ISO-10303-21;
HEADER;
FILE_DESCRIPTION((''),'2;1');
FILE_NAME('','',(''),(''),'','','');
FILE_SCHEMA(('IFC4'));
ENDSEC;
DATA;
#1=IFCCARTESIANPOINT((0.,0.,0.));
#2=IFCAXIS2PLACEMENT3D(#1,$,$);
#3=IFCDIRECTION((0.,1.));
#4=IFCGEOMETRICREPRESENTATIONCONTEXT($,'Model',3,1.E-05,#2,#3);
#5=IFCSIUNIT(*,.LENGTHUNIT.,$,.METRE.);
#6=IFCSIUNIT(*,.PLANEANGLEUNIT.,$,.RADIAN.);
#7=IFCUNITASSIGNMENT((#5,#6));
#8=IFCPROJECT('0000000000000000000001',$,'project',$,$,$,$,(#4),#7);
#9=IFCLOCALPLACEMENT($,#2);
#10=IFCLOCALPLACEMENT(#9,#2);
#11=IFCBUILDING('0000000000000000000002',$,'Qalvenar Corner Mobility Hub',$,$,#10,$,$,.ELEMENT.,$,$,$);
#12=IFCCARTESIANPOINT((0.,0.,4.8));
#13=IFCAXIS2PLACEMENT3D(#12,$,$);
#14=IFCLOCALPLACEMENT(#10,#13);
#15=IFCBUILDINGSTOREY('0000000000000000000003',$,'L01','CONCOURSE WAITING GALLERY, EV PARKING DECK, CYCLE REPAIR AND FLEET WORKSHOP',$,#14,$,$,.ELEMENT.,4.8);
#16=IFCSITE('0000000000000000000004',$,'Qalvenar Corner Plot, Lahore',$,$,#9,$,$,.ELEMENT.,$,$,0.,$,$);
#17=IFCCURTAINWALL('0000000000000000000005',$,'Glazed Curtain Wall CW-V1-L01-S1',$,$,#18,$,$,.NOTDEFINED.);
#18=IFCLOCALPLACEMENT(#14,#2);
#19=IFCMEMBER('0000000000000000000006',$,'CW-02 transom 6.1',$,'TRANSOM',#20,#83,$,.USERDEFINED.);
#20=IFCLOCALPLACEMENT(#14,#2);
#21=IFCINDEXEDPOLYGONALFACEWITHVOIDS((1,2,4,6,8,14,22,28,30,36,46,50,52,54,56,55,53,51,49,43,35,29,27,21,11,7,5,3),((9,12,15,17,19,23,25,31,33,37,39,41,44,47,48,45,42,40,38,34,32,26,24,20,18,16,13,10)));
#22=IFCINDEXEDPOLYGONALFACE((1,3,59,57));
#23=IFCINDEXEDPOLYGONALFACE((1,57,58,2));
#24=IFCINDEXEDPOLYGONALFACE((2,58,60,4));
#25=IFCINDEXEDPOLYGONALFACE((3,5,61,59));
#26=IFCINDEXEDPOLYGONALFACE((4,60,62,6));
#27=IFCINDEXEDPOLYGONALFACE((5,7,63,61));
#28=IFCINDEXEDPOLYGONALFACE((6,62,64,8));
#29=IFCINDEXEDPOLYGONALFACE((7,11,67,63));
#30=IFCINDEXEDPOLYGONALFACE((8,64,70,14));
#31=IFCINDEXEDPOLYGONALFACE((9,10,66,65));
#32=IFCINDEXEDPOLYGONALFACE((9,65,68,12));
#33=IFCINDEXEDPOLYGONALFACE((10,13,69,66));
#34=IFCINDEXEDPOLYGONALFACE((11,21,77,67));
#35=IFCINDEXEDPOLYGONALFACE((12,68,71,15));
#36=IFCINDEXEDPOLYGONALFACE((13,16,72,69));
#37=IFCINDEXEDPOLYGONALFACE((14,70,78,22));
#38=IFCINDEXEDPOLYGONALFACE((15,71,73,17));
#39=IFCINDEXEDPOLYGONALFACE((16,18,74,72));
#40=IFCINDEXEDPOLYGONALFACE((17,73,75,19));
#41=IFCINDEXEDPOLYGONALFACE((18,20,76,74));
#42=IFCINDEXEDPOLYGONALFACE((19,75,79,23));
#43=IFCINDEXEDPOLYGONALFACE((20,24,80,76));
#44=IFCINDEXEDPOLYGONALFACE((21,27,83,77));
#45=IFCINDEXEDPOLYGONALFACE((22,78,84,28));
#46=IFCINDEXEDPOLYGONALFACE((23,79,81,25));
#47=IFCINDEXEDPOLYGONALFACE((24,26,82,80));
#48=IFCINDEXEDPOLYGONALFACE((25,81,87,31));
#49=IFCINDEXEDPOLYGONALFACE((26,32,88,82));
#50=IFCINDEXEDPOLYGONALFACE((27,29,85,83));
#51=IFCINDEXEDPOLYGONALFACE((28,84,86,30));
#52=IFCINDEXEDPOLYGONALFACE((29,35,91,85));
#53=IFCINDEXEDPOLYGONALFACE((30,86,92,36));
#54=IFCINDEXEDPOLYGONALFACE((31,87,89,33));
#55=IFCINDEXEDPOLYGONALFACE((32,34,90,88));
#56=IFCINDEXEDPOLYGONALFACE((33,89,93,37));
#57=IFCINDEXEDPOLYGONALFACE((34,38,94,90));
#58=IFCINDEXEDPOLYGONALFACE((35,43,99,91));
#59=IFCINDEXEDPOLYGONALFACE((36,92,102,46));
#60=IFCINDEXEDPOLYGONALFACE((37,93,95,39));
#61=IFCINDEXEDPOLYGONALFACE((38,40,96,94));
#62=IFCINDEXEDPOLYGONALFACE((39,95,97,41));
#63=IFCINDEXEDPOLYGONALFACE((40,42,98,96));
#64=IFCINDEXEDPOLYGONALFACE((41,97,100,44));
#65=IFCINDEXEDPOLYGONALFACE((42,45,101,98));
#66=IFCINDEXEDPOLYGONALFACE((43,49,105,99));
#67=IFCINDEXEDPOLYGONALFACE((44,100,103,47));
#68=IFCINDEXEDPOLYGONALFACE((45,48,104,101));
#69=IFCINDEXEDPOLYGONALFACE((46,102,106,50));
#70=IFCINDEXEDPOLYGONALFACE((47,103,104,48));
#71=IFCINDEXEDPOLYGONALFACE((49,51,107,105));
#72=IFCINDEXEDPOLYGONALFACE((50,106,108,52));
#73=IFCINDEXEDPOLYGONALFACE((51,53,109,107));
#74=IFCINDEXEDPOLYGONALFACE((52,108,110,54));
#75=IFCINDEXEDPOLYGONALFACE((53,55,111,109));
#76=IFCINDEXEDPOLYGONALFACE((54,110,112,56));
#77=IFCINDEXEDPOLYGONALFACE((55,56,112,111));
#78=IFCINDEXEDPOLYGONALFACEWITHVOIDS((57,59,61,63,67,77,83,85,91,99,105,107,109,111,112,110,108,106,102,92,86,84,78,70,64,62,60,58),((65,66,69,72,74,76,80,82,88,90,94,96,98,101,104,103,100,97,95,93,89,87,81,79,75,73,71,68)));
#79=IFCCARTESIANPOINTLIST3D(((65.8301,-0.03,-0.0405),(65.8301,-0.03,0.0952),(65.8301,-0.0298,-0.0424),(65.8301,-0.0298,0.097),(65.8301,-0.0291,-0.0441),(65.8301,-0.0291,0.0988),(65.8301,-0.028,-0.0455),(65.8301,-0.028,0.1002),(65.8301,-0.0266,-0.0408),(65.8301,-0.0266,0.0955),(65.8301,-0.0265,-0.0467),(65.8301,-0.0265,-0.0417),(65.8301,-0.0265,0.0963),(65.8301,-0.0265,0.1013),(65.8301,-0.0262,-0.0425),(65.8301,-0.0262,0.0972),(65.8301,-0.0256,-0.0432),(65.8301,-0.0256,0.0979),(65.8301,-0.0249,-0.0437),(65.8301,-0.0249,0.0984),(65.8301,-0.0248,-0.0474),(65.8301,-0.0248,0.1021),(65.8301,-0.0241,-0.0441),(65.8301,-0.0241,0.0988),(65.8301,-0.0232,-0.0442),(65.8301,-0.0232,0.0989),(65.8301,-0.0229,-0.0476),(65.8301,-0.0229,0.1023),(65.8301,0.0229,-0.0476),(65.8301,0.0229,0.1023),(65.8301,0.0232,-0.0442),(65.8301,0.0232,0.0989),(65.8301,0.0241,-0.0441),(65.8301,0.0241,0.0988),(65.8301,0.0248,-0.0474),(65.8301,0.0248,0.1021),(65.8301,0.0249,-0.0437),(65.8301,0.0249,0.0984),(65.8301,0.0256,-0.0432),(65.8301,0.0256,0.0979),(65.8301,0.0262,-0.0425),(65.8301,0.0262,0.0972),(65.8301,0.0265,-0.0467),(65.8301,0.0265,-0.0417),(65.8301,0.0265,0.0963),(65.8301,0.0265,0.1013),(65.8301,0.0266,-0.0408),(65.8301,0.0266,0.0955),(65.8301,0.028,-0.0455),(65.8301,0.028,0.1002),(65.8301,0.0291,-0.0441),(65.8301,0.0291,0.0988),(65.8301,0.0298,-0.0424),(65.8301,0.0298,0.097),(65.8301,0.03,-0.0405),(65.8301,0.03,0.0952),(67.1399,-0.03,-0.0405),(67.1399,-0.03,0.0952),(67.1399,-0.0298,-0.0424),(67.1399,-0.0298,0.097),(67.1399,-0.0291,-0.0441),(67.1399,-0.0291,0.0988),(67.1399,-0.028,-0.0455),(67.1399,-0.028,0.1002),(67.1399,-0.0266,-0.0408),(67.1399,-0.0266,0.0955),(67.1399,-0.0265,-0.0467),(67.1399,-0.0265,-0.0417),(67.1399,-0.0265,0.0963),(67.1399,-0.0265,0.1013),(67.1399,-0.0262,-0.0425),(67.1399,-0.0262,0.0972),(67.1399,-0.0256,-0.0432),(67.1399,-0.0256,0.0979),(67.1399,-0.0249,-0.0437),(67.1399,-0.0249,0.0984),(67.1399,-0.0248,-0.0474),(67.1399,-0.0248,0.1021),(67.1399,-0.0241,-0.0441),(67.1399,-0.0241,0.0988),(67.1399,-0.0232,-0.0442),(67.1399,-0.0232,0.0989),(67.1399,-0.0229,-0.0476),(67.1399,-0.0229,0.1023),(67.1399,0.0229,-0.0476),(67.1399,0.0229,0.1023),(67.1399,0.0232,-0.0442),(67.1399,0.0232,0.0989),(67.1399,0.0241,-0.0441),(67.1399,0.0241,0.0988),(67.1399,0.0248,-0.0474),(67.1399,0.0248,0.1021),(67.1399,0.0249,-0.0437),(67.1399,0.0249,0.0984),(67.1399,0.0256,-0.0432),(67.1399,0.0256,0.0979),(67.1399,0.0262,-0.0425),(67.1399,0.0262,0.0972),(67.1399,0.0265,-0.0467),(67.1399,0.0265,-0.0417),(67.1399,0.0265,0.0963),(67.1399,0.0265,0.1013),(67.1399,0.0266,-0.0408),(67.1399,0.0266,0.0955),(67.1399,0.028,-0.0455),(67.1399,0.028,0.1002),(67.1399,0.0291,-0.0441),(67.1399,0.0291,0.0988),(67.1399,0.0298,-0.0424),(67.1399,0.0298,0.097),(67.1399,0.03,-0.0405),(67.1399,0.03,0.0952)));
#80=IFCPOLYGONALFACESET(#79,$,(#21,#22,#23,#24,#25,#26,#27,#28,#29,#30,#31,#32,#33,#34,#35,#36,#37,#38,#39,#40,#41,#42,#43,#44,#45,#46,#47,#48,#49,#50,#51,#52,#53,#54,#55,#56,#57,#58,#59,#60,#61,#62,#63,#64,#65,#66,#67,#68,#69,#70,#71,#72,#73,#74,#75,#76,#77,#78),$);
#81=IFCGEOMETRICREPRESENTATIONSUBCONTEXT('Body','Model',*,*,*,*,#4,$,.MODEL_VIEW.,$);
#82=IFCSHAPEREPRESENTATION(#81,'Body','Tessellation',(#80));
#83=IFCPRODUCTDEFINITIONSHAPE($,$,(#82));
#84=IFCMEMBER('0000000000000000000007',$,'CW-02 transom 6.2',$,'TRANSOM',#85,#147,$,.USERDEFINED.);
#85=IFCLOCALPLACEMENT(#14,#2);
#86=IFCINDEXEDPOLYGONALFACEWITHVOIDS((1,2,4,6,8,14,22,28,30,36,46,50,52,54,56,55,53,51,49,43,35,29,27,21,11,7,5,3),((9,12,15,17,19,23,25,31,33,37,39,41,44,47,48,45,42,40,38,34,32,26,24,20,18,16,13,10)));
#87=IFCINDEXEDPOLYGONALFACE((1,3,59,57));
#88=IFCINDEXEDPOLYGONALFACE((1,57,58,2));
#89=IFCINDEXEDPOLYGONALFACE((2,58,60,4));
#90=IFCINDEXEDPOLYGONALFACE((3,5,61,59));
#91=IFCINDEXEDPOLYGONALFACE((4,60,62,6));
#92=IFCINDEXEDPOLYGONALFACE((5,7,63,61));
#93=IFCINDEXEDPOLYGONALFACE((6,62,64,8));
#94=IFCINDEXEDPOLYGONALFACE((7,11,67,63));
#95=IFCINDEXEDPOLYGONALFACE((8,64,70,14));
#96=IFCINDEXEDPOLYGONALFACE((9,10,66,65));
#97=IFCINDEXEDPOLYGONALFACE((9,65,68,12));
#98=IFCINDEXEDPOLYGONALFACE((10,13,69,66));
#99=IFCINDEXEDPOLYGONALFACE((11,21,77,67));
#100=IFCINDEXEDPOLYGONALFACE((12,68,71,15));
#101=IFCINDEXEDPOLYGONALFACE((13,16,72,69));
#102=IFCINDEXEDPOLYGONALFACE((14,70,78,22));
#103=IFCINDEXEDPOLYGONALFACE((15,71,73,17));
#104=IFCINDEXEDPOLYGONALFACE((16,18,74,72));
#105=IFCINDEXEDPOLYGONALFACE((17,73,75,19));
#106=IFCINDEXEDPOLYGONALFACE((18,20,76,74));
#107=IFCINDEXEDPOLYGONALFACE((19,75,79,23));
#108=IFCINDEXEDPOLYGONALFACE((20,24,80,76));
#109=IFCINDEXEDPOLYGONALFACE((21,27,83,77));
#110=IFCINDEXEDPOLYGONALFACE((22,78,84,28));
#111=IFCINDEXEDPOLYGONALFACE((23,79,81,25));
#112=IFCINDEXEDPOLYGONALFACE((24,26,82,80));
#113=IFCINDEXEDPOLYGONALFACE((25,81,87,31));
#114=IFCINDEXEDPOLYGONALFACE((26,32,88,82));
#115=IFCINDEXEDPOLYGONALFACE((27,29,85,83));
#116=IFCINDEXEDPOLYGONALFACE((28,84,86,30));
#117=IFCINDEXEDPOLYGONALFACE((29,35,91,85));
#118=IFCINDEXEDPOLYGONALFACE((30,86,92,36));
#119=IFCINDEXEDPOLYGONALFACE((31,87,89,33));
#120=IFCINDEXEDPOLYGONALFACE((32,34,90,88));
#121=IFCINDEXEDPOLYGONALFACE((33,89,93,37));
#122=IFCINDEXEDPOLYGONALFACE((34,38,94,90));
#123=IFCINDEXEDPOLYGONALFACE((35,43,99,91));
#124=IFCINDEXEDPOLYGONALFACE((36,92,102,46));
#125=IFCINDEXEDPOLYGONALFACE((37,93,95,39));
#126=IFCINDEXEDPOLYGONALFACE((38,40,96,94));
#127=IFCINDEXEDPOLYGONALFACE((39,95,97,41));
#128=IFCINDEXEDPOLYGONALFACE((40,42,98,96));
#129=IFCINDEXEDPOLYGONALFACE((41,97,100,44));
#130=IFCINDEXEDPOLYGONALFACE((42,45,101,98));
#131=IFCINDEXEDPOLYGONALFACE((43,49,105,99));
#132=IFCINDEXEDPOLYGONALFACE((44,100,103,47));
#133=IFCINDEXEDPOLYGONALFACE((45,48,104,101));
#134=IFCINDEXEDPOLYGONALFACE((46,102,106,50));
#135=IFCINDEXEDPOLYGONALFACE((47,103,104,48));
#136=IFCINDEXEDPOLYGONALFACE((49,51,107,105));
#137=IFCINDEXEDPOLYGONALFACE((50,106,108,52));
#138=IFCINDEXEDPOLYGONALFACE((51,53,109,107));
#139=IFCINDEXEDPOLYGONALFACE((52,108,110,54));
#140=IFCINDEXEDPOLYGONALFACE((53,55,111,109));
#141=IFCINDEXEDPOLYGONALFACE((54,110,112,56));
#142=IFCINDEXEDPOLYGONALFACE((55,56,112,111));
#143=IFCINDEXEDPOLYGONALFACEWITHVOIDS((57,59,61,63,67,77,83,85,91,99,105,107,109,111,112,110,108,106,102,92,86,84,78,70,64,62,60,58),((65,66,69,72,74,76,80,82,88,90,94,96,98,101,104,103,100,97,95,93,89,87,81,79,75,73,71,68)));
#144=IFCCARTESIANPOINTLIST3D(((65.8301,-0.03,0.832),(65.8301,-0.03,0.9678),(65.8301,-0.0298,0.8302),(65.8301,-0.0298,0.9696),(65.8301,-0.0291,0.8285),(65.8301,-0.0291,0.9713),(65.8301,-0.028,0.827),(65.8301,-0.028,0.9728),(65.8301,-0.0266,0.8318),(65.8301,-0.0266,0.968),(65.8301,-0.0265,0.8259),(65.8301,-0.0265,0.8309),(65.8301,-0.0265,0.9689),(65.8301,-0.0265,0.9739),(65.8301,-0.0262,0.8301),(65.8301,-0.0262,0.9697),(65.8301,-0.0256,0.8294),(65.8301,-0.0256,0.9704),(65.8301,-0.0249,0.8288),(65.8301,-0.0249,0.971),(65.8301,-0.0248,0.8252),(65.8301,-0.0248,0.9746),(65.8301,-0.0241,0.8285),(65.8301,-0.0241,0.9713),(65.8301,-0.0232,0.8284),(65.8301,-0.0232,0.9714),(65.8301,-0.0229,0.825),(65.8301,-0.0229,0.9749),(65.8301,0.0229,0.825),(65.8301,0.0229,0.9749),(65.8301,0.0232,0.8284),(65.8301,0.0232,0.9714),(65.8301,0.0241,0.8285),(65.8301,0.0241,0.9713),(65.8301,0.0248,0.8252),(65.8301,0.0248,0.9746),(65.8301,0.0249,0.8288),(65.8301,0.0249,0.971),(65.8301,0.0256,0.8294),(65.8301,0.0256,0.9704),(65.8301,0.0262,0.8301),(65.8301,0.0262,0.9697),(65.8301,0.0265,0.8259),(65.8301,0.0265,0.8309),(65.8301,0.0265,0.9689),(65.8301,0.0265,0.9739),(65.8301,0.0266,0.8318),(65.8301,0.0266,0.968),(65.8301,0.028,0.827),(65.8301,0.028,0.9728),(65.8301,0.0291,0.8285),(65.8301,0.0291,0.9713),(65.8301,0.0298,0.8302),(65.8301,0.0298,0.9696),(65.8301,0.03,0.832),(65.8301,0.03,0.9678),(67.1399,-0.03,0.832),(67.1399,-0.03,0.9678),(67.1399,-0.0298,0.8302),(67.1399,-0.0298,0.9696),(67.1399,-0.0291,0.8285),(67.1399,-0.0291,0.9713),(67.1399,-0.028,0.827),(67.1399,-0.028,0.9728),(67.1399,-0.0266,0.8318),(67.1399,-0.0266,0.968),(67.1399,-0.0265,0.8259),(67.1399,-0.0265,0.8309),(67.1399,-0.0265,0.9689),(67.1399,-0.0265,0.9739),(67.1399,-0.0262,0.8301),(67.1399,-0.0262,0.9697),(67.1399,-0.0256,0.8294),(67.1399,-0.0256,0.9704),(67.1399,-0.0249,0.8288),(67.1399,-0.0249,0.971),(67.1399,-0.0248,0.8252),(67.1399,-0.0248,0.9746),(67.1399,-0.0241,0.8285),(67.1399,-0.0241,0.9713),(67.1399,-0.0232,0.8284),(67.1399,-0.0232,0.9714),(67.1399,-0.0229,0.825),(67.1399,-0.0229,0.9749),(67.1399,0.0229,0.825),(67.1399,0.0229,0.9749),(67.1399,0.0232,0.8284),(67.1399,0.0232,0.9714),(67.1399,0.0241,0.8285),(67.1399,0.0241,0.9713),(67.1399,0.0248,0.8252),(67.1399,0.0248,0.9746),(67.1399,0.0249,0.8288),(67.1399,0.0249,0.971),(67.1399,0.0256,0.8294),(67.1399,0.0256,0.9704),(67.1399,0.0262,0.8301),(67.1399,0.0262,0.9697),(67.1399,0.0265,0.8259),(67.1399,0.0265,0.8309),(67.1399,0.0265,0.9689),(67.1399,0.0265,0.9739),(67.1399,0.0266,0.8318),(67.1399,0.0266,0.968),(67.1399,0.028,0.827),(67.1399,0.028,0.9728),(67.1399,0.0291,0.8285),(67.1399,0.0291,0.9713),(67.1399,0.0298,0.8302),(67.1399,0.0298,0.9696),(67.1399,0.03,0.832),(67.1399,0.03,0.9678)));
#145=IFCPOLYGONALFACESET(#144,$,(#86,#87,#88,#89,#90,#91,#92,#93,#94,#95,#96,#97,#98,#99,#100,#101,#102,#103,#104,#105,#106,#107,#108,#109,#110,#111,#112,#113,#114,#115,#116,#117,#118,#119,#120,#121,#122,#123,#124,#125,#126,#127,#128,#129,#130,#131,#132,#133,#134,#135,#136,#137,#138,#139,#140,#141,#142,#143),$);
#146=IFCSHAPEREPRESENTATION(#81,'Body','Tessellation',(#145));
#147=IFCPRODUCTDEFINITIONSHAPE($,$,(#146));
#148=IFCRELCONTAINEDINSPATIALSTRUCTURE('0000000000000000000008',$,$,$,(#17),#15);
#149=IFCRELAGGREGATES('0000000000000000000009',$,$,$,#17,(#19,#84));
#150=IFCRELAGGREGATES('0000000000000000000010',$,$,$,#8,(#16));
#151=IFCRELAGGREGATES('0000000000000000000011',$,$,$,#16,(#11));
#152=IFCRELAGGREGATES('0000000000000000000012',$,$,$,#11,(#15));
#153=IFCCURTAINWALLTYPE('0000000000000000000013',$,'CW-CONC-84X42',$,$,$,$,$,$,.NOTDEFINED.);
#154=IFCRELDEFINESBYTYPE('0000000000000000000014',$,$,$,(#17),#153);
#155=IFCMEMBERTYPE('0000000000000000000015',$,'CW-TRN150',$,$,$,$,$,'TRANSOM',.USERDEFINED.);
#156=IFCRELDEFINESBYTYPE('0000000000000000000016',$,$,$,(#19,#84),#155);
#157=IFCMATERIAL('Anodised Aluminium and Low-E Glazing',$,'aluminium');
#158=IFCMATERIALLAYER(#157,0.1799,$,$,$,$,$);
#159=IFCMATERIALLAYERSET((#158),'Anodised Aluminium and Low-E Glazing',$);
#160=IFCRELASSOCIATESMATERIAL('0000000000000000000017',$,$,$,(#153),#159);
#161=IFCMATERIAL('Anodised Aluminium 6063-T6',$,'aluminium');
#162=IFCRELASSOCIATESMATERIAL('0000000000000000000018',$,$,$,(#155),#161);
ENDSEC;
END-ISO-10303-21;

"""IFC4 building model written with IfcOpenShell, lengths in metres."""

from ifc_helpers import new_model, si_unit, direction, frame, origin, origin_2d, place, context, subcontext, project, spatial, hollow_rectangle, extrude, material, layer, layer_set, material_profile, profile_set, type_object, element, aggregate, save


model = new_model("IFC4")

# Units and contexts
model_context = context("Model", 3, precision=1e-05, world=origin(), true_north=direction((0.0, 1.0)))
body_context = subcontext(model_context, "Body", "Model", "MODEL_VIEW")
ifc_project = project(units=[si_unit("LENGTHUNIT", "METRE"), si_unit("PLANEANGLEUNIT", "RADIAN")], contexts=[model_context])

# Site, building, storey
site_placement = place(None, origin())
site = spatial("IfcSite", under=ifc_project, at=site_placement, Name="Qalvenar Corner Plot, Lahore", CompositionType="ELEMENT", RefElevation=0.0)
building_placement = place(site_placement, origin())
building = spatial("IfcBuilding", under=site, at=building_placement, Name="Qalvenar Corner Mobility Hub", CompositionType="ELEMENT")
storey_placement = place(building_placement, frame((0.0, 0.0, 4.8)))
storey = spatial("IfcBuildingStorey", under=building, at=storey_placement, Name="L01", Description="CONCOURSE WAITING GALLERY, EV PARKING DECK, CYCLE REPAIR AND FLEET WORKSHOP", CompositionType="ELEMENT", Elevation=4.8)

# Curtain wall
ifc_material_1 = material(Name="Anodised Aluminium and Low-E Glazing", Category="aluminium")
ifc_layer_1 = layer(ifc_material_1, 0.1799)
ifc_layer_set_1 = layer_set([ifc_layer_1], Name="Anodised Aluminium and Low-E Glazing")
curtain_wall_type = type_object("IfcCurtainWallType", Name="CW-CONC-84X42", PredefinedType="NOTDEFINED", material=ifc_layer_set_1)
curtain_wall_1_placement = place(storey_placement, origin())
curtain_wall_1 = element("IfcCurtainWall", 1, at=curtain_wall_1_placement, inside=storey, type_object=curtain_wall_type, Name="Glazed Curtain Wall CW-V1-L01-S1", PredefinedType="NOTDEFINED")
ifc_material_2 = material(Name="Anodised Aluminium 6063-T6", Category="aluminium")

# Members
ifc_material_profile_1 = material_profile(ifc_material_2, hollow_rectangle(XDim=0.0601, YDim=0.1499, WallThickness=0.0034, InnerFilletRadius=0.0034, OuterFilletRadius=0.0071, at=origin_2d()), Name="RHS150x60x3.5")
ifc_profile_set_1 = profile_set([ifc_material_profile_1], Name="Anodised Aluminium 6063-T6")
member_type_1 = type_object("IfcMemberType", Name="CW-TRN150", ElementType="TRANSOM", PredefinedType="USERDEFINED", material=ifc_profile_set_1)
member_1_placement = place(storey_placement, frame((65.8301, 0.0, 0.0273), z_axis=(1.0, 0.0, 0.0), x_axis=(0.0, 1.0, 0.0)))
member_1 = element("IfcMember", 2, at=member_1_placement, type_object=member_type_1, Name="CW-02 transom 6.1", ObjectType="TRANSOM", PredefinedType="USERDEFINED", context=body_context, shape_type="SweptSolid", body=[
    extrude(hollow_rectangle(XDim=0.0601, YDim=0.1499, WallThickness=0.0034, InnerFilletRadius=0.0034, OuterFilletRadius=0.0071, at=origin_2d()), origin(), (0.0, 0.0, 1.0), 1.3098),
])
member_2_placement = place(storey_placement, frame((65.8301, 0.0, 0.8999), z_axis=(1.0, 0.0, 0.0), x_axis=(0.0, 1.0, 0.0)))
member_2 = element("IfcMember", 3, at=member_2_placement, type_object=member_type_1, Name="CW-02 transom 6.2", ObjectType="TRANSOM", PredefinedType="USERDEFINED", context=body_context, shape_type="SweptSolid", body=[
    extrude(hollow_rectangle(XDim=0.0601, YDim=0.1499, WallThickness=0.0034, InnerFilletRadius=0.0034, OuterFilletRadius=0.0071, at=origin_2d()), origin(), (0.0, 0.0, 1.0), 1.3098),
])

aggregate(curtain_wall_1, [member_1, member_2])

save(model, "model.ifc")
